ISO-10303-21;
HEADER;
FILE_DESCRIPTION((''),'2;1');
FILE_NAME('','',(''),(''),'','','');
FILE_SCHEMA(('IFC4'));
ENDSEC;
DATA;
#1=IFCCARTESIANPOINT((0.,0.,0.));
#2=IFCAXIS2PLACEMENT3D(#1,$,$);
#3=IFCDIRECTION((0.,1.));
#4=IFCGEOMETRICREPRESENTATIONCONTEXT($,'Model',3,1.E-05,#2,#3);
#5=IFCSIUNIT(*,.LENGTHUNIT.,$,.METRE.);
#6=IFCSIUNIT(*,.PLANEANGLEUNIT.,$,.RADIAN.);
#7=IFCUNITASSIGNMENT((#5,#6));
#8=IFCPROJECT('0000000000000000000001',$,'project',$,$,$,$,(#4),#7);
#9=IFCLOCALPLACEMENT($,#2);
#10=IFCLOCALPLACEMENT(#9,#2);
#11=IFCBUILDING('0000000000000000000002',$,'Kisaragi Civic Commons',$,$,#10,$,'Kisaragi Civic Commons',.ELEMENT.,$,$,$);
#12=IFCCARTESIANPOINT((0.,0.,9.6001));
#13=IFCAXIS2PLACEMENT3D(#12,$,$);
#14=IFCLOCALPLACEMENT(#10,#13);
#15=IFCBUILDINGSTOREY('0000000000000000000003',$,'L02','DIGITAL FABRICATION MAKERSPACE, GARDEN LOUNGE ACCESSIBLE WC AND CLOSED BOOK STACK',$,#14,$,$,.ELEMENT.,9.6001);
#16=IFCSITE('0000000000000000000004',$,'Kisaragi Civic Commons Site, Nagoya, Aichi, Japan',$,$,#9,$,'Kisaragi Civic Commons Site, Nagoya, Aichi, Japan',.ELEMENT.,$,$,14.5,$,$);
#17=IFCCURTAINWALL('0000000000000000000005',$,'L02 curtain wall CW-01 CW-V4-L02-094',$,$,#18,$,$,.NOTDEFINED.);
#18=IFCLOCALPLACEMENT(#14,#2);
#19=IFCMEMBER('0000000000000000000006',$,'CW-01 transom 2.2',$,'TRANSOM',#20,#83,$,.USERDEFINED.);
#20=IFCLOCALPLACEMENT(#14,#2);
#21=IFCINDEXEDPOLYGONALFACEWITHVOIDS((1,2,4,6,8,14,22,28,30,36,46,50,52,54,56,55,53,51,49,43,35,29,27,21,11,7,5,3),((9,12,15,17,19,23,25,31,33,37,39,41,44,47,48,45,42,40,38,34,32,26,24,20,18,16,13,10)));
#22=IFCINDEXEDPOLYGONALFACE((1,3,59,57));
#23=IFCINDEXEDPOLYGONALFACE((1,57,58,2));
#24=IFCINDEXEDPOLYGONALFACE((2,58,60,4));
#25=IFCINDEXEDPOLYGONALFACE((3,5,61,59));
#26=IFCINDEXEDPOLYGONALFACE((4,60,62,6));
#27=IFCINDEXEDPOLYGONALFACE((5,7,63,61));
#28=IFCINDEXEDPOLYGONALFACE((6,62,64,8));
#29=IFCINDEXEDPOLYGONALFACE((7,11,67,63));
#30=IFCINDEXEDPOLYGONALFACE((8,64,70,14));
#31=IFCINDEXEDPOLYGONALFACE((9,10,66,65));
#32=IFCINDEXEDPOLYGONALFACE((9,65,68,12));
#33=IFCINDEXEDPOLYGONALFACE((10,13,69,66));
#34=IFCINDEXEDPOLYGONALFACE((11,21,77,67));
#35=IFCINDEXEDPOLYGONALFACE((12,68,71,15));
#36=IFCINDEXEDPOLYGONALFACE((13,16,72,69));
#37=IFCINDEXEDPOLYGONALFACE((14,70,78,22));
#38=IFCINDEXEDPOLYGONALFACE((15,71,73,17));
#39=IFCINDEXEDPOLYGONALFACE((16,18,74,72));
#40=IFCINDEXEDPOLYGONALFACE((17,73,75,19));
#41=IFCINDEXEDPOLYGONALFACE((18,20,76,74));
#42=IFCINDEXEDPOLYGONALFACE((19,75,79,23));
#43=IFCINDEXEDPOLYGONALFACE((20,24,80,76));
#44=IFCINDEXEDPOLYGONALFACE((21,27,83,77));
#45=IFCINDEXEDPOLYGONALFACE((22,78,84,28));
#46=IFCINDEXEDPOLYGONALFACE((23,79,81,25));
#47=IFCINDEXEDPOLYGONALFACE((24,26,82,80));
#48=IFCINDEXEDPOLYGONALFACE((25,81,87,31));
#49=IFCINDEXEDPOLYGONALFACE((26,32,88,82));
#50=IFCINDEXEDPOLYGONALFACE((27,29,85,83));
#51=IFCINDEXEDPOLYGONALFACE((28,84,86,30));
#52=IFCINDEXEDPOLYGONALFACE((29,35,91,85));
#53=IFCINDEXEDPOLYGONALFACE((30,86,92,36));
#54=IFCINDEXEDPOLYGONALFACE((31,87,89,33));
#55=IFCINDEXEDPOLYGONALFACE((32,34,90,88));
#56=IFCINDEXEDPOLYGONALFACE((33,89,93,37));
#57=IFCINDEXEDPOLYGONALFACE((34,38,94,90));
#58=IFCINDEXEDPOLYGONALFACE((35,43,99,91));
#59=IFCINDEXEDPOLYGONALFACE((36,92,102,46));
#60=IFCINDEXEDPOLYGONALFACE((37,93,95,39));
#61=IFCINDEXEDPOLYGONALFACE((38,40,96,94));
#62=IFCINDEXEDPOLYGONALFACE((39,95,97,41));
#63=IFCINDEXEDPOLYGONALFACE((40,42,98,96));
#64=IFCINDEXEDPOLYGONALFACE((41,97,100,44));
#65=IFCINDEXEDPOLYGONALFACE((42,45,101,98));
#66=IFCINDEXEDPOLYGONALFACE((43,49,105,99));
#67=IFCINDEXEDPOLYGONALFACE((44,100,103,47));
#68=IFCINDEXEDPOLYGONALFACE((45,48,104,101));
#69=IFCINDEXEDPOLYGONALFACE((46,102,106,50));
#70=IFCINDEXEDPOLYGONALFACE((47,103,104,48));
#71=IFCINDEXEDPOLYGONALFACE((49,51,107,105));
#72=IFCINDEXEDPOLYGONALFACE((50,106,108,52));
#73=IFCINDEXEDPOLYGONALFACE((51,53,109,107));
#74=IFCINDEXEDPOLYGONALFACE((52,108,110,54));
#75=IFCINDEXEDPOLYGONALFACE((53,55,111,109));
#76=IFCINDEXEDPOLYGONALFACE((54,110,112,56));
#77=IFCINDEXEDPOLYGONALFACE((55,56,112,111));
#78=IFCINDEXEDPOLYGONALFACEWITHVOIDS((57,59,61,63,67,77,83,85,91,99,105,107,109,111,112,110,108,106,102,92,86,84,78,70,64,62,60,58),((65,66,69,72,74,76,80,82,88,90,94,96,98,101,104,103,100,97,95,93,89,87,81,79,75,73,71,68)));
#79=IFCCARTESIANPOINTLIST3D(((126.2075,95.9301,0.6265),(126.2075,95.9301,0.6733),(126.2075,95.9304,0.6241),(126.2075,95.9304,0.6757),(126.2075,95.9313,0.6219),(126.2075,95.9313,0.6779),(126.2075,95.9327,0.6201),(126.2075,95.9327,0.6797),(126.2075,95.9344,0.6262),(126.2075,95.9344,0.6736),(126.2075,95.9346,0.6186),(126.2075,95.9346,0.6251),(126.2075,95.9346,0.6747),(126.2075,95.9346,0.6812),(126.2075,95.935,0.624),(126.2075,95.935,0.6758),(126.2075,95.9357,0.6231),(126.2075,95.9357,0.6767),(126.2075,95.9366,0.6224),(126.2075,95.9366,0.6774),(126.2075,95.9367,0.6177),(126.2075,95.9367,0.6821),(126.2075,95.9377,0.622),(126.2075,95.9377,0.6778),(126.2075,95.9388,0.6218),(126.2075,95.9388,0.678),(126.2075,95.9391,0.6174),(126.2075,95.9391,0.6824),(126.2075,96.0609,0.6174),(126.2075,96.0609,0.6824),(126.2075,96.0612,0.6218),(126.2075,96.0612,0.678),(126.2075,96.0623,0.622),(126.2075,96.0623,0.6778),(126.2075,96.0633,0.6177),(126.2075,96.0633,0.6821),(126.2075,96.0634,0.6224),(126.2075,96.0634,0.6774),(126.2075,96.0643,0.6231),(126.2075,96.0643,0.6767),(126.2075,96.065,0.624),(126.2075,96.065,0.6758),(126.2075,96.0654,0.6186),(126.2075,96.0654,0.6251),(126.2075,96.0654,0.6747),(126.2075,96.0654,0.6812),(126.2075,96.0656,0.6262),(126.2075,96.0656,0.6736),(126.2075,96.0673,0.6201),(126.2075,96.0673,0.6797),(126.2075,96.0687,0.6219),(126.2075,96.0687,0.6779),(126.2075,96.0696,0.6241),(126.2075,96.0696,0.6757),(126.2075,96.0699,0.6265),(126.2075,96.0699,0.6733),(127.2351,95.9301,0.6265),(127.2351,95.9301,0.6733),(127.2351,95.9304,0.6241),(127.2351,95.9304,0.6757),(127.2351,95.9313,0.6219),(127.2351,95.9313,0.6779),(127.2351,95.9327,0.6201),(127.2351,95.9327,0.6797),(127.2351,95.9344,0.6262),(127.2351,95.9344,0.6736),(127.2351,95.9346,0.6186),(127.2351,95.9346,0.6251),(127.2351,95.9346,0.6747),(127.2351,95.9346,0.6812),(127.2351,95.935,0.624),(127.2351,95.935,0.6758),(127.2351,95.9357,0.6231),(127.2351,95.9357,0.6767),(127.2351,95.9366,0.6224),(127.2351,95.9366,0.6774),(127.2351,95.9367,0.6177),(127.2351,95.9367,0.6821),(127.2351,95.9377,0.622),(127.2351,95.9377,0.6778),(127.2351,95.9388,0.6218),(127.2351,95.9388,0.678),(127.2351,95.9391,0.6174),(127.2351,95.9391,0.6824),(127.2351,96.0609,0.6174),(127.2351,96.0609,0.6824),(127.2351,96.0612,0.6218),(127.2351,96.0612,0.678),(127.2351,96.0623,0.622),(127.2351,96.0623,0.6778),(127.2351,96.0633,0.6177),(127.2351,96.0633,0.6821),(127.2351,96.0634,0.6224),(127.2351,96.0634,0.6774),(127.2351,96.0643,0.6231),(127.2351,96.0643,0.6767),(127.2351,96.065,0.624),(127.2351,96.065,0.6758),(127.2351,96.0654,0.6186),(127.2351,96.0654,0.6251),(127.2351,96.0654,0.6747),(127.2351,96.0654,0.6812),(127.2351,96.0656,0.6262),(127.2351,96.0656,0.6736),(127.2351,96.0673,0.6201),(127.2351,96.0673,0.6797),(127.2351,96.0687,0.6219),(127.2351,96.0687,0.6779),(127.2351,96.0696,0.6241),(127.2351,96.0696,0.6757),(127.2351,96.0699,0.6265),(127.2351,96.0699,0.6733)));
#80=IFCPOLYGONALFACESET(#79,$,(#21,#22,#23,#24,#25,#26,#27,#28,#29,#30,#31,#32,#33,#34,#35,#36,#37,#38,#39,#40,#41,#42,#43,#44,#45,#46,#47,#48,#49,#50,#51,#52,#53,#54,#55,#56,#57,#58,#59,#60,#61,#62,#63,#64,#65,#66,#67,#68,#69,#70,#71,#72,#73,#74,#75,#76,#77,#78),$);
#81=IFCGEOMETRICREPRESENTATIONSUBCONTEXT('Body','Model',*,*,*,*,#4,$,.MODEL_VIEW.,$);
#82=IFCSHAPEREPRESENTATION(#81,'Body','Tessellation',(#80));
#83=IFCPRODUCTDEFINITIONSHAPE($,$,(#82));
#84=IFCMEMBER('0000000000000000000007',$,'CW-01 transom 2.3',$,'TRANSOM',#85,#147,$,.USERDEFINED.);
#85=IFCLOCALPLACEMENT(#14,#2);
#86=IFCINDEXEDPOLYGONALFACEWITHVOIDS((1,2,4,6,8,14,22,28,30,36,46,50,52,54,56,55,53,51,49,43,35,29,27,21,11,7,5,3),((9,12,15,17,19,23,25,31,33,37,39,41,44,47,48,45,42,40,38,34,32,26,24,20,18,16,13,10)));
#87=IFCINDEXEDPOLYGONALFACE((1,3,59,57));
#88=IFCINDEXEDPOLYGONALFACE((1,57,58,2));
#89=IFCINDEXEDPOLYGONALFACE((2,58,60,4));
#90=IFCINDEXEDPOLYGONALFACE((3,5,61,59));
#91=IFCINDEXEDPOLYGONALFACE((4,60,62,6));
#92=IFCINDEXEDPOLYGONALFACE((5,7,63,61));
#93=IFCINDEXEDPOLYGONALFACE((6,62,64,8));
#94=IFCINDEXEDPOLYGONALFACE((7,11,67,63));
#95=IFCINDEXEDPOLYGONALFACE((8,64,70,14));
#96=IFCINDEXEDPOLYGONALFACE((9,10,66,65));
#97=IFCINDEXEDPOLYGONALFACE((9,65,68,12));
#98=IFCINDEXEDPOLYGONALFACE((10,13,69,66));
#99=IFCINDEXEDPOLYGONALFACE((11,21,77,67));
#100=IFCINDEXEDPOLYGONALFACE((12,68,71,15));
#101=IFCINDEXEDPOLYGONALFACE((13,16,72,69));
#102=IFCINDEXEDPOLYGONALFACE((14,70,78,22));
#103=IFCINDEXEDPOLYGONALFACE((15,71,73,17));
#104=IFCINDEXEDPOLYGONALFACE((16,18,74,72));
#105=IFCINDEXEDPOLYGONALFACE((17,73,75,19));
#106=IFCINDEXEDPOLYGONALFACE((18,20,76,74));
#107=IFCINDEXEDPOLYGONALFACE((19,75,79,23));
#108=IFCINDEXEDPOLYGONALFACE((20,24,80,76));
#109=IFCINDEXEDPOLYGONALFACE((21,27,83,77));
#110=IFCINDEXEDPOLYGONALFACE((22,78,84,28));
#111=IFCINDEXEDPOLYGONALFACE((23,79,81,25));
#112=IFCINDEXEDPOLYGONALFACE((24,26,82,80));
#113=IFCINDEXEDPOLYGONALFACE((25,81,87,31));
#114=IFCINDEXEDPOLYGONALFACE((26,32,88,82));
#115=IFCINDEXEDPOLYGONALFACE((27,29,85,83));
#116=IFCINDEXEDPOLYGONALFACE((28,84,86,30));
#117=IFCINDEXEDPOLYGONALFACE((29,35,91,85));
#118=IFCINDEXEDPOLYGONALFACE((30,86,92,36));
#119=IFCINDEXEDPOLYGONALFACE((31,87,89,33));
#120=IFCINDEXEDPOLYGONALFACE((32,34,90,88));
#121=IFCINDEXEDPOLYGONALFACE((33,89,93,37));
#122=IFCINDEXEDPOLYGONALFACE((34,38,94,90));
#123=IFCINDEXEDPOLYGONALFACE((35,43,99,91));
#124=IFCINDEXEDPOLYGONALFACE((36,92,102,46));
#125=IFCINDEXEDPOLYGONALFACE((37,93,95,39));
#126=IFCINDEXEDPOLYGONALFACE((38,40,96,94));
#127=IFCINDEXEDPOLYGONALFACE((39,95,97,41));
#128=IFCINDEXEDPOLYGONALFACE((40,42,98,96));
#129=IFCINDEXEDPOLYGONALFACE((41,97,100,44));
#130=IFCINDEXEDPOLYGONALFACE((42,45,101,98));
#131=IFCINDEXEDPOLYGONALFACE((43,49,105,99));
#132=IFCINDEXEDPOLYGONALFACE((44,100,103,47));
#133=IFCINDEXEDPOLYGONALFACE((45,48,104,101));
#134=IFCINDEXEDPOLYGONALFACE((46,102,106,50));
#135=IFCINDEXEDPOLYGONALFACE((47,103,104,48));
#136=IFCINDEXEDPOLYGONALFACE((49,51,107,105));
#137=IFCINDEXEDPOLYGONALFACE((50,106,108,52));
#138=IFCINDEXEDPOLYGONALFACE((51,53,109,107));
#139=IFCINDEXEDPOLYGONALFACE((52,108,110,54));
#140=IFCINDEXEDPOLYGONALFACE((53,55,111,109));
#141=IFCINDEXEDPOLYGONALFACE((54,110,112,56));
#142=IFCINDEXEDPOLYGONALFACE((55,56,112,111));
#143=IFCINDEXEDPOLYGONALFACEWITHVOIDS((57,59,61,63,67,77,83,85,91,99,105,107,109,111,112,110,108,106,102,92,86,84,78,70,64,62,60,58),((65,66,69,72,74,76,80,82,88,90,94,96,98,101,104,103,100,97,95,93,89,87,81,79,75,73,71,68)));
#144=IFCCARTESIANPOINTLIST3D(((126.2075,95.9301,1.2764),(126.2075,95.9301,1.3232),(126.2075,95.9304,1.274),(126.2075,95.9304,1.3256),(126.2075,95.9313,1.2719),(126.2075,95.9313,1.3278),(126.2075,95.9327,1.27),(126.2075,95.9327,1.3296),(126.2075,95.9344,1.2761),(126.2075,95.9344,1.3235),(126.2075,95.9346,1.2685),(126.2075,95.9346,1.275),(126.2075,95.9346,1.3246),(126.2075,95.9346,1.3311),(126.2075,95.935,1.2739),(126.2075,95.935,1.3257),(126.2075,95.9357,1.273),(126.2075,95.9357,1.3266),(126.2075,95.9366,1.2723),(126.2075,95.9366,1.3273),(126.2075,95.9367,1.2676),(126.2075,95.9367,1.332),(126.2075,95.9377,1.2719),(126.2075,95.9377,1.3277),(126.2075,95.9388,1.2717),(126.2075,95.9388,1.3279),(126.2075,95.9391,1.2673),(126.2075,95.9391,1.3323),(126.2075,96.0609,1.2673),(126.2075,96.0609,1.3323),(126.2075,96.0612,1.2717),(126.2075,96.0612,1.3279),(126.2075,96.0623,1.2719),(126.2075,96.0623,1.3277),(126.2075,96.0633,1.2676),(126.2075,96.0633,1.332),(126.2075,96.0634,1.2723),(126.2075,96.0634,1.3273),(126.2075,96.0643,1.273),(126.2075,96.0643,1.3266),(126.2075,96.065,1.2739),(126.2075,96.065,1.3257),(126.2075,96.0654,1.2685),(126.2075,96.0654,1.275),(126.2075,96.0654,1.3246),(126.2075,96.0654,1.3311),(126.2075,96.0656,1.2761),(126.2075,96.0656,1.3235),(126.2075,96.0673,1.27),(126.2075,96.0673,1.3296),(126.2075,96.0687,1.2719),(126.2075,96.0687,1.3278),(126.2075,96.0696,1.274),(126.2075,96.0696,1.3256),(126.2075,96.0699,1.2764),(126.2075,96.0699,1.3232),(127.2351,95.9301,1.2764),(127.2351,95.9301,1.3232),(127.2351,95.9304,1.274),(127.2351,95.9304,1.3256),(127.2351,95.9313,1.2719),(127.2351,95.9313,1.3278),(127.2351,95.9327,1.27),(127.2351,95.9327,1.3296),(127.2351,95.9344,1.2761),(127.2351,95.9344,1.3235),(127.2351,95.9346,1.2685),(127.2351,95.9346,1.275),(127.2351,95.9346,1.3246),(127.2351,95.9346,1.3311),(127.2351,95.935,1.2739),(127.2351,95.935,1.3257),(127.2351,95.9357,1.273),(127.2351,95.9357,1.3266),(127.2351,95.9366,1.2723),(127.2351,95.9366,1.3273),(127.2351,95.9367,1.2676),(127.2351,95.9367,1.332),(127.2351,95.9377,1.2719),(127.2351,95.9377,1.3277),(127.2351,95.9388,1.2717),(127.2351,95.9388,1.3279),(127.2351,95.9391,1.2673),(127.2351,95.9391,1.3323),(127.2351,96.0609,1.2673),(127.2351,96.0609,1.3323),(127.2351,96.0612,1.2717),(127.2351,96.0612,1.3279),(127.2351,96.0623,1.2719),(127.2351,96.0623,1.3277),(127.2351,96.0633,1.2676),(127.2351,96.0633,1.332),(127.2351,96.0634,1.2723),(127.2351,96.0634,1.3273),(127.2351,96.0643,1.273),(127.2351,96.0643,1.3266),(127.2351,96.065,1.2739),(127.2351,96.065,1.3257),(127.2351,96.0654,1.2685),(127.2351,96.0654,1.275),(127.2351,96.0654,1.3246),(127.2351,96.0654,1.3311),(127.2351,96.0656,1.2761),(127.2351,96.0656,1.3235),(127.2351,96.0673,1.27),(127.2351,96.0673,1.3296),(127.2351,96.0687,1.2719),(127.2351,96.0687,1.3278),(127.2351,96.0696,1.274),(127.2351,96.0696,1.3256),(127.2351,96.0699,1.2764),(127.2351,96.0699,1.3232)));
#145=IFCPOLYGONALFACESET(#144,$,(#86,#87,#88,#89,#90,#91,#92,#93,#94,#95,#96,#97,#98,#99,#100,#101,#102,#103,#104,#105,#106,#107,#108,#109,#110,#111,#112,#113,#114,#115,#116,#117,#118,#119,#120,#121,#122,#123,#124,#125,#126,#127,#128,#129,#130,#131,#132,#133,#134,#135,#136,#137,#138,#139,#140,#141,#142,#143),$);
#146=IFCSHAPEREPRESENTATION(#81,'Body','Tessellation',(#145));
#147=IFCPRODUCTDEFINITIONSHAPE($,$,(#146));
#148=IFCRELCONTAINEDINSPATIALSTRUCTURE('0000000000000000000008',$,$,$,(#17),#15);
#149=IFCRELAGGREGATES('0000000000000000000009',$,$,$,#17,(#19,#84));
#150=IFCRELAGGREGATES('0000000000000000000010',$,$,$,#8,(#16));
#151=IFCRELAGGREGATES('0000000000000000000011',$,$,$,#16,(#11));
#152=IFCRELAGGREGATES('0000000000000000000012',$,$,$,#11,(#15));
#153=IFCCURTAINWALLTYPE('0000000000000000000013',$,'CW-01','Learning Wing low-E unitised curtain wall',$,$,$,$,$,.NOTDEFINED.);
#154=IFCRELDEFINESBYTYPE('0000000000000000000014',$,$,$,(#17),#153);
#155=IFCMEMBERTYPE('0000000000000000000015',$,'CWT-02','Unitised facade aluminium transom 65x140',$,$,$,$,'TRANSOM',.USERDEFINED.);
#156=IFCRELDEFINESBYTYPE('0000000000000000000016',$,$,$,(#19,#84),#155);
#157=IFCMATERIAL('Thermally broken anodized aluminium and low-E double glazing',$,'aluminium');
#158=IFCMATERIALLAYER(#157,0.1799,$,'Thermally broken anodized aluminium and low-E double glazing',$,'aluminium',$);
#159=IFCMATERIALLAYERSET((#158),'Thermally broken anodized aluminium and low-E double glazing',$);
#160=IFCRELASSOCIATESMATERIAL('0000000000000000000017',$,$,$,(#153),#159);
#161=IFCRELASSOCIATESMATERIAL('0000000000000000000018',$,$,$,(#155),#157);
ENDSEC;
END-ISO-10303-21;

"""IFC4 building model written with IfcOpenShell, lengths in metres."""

from ifc_helpers import new_model, si_unit, direction, frame, origin, origin_2d, place, context, subcontext, project, spatial, hollow_rectangle, extrude, material, layer, layer_set, material_profile, profile_set, type_object, element, aggregate, save


model = new_model("IFC4")

# Units and contexts
model_context = context("Model", 3, precision=1e-05, world=origin(), true_north=direction((0.0, 1.0)))
body_context = subcontext(model_context, "Body", "Model", "MODEL_VIEW")
ifc_project = project(units=[si_unit("LENGTHUNIT", "METRE"), si_unit("PLANEANGLEUNIT", "RADIAN")], contexts=[model_context])

# Site, building, storey
site_placement = place(None, origin())
site = spatial("IfcSite", under=ifc_project, at=site_placement, Name="Kisaragi Civic Commons Site, Nagoya, Aichi, Japan", LongName="Kisaragi Civic Commons Site, Nagoya, Aichi, Japan", CompositionType="ELEMENT", RefElevation=14.5)
building_placement = place(site_placement, origin())
building = spatial("IfcBuilding", under=site, at=building_placement, Name="Kisaragi Civic Commons", LongName="Kisaragi Civic Commons", CompositionType="ELEMENT")
storey_placement = place(building_placement, frame((0.0, 0.0, 9.6001)))
storey = spatial("IfcBuildingStorey", under=building, at=storey_placement, Name="L02", Description="DIGITAL FABRICATION MAKERSPACE, GARDEN LOUNGE ACCESSIBLE WC AND CLOSED BOOK STACK", CompositionType="ELEMENT", Elevation=9.6001)

# Curtain wall, members
ifc_material_1 = material(Name="Thermally broken anodized aluminium and low-E double glazing", Category="aluminium")
ifc_layer_1 = layer(ifc_material_1, 0.1799, Name="Thermally broken anodized aluminium and low-E double glazing", Category="aluminium")
ifc_layer_set_1 = layer_set([ifc_layer_1], Name="Thermally broken anodized aluminium and low-E double glazing")
curtain_wall_type = type_object("IfcCurtainWallType", Name="CW-01", Description="Learning Wing low-E unitised curtain wall", PredefinedType="NOTDEFINED", material=ifc_layer_set_1)
curtain_wall_placement = place(storey_placement, origin())
curtain_wall = element("IfcCurtainWall", 1, at=curtain_wall_placement, inside=storey, type_object=curtain_wall_type, Name="L02 curtain wall CW-01 CW-V4-L02-094", PredefinedType="NOTDEFINED")
ifc_material_profile_1 = material_profile(ifc_material_1, hollow_rectangle(XDim=0.1399, YDim=0.0649, WallThickness=0.0044, InnerFilletRadius=0.0044, OuterFilletRadius=0.009, at=origin_2d()), Name="CWT-65x140x4.5", Category="aluminium")
ifc_profile_set_1 = profile_set([ifc_material_profile_1], Name="Thermally broken anodized aluminium and low-E double glazing")
member_type_1 = type_object("IfcMemberType", Name="CWT-02", Description="Unitised facade aluminium transom 65x140", ElementType="TRANSOM", PredefinedType="USERDEFINED", material=ifc_profile_set_1)
member_1_placement = place(storey_placement, frame((127.2351, 96.0, 0.6499), z_axis=(-1.0, 0.0, 0.0), x_axis=(0.0, -1.0, 0.0)))
member_1 = element("IfcMember", 2, at=member_1_placement, type_object=member_type_1, Name="CW-01 transom 2.2", ObjectType="TRANSOM", PredefinedType="USERDEFINED", context=body_context, shape_type="SweptSolid", body=[
    extrude(hollow_rectangle(XDim=0.1399, YDim=0.0649, WallThickness=0.0044, InnerFilletRadius=0.0044, OuterFilletRadius=0.009, at=origin_2d()), origin(), (0.0, 0.0, 1.0), 1.0276),
])
member_2_placement = place(storey_placement, frame((127.2351, 96.0, 1.2998), z_axis=(-1.0, 0.0, 0.0), x_axis=(0.0, -1.0, 0.0)))
member_2 = element("IfcMember", 3, at=member_2_placement, type_object=member_type_1, Name="CW-01 transom 2.3", ObjectType="TRANSOM", PredefinedType="USERDEFINED", context=body_context, shape_type="SweptSolid", body=[
    extrude(hollow_rectangle(XDim=0.1399, YDim=0.0649, WallThickness=0.0044, InnerFilletRadius=0.0044, OuterFilletRadius=0.009, at=origin_2d()), origin(), (0.0, 0.0, 1.0), 1.0276),
])

aggregate(curtain_wall, [member_1, member_2])

save(model, "model.ifc")
